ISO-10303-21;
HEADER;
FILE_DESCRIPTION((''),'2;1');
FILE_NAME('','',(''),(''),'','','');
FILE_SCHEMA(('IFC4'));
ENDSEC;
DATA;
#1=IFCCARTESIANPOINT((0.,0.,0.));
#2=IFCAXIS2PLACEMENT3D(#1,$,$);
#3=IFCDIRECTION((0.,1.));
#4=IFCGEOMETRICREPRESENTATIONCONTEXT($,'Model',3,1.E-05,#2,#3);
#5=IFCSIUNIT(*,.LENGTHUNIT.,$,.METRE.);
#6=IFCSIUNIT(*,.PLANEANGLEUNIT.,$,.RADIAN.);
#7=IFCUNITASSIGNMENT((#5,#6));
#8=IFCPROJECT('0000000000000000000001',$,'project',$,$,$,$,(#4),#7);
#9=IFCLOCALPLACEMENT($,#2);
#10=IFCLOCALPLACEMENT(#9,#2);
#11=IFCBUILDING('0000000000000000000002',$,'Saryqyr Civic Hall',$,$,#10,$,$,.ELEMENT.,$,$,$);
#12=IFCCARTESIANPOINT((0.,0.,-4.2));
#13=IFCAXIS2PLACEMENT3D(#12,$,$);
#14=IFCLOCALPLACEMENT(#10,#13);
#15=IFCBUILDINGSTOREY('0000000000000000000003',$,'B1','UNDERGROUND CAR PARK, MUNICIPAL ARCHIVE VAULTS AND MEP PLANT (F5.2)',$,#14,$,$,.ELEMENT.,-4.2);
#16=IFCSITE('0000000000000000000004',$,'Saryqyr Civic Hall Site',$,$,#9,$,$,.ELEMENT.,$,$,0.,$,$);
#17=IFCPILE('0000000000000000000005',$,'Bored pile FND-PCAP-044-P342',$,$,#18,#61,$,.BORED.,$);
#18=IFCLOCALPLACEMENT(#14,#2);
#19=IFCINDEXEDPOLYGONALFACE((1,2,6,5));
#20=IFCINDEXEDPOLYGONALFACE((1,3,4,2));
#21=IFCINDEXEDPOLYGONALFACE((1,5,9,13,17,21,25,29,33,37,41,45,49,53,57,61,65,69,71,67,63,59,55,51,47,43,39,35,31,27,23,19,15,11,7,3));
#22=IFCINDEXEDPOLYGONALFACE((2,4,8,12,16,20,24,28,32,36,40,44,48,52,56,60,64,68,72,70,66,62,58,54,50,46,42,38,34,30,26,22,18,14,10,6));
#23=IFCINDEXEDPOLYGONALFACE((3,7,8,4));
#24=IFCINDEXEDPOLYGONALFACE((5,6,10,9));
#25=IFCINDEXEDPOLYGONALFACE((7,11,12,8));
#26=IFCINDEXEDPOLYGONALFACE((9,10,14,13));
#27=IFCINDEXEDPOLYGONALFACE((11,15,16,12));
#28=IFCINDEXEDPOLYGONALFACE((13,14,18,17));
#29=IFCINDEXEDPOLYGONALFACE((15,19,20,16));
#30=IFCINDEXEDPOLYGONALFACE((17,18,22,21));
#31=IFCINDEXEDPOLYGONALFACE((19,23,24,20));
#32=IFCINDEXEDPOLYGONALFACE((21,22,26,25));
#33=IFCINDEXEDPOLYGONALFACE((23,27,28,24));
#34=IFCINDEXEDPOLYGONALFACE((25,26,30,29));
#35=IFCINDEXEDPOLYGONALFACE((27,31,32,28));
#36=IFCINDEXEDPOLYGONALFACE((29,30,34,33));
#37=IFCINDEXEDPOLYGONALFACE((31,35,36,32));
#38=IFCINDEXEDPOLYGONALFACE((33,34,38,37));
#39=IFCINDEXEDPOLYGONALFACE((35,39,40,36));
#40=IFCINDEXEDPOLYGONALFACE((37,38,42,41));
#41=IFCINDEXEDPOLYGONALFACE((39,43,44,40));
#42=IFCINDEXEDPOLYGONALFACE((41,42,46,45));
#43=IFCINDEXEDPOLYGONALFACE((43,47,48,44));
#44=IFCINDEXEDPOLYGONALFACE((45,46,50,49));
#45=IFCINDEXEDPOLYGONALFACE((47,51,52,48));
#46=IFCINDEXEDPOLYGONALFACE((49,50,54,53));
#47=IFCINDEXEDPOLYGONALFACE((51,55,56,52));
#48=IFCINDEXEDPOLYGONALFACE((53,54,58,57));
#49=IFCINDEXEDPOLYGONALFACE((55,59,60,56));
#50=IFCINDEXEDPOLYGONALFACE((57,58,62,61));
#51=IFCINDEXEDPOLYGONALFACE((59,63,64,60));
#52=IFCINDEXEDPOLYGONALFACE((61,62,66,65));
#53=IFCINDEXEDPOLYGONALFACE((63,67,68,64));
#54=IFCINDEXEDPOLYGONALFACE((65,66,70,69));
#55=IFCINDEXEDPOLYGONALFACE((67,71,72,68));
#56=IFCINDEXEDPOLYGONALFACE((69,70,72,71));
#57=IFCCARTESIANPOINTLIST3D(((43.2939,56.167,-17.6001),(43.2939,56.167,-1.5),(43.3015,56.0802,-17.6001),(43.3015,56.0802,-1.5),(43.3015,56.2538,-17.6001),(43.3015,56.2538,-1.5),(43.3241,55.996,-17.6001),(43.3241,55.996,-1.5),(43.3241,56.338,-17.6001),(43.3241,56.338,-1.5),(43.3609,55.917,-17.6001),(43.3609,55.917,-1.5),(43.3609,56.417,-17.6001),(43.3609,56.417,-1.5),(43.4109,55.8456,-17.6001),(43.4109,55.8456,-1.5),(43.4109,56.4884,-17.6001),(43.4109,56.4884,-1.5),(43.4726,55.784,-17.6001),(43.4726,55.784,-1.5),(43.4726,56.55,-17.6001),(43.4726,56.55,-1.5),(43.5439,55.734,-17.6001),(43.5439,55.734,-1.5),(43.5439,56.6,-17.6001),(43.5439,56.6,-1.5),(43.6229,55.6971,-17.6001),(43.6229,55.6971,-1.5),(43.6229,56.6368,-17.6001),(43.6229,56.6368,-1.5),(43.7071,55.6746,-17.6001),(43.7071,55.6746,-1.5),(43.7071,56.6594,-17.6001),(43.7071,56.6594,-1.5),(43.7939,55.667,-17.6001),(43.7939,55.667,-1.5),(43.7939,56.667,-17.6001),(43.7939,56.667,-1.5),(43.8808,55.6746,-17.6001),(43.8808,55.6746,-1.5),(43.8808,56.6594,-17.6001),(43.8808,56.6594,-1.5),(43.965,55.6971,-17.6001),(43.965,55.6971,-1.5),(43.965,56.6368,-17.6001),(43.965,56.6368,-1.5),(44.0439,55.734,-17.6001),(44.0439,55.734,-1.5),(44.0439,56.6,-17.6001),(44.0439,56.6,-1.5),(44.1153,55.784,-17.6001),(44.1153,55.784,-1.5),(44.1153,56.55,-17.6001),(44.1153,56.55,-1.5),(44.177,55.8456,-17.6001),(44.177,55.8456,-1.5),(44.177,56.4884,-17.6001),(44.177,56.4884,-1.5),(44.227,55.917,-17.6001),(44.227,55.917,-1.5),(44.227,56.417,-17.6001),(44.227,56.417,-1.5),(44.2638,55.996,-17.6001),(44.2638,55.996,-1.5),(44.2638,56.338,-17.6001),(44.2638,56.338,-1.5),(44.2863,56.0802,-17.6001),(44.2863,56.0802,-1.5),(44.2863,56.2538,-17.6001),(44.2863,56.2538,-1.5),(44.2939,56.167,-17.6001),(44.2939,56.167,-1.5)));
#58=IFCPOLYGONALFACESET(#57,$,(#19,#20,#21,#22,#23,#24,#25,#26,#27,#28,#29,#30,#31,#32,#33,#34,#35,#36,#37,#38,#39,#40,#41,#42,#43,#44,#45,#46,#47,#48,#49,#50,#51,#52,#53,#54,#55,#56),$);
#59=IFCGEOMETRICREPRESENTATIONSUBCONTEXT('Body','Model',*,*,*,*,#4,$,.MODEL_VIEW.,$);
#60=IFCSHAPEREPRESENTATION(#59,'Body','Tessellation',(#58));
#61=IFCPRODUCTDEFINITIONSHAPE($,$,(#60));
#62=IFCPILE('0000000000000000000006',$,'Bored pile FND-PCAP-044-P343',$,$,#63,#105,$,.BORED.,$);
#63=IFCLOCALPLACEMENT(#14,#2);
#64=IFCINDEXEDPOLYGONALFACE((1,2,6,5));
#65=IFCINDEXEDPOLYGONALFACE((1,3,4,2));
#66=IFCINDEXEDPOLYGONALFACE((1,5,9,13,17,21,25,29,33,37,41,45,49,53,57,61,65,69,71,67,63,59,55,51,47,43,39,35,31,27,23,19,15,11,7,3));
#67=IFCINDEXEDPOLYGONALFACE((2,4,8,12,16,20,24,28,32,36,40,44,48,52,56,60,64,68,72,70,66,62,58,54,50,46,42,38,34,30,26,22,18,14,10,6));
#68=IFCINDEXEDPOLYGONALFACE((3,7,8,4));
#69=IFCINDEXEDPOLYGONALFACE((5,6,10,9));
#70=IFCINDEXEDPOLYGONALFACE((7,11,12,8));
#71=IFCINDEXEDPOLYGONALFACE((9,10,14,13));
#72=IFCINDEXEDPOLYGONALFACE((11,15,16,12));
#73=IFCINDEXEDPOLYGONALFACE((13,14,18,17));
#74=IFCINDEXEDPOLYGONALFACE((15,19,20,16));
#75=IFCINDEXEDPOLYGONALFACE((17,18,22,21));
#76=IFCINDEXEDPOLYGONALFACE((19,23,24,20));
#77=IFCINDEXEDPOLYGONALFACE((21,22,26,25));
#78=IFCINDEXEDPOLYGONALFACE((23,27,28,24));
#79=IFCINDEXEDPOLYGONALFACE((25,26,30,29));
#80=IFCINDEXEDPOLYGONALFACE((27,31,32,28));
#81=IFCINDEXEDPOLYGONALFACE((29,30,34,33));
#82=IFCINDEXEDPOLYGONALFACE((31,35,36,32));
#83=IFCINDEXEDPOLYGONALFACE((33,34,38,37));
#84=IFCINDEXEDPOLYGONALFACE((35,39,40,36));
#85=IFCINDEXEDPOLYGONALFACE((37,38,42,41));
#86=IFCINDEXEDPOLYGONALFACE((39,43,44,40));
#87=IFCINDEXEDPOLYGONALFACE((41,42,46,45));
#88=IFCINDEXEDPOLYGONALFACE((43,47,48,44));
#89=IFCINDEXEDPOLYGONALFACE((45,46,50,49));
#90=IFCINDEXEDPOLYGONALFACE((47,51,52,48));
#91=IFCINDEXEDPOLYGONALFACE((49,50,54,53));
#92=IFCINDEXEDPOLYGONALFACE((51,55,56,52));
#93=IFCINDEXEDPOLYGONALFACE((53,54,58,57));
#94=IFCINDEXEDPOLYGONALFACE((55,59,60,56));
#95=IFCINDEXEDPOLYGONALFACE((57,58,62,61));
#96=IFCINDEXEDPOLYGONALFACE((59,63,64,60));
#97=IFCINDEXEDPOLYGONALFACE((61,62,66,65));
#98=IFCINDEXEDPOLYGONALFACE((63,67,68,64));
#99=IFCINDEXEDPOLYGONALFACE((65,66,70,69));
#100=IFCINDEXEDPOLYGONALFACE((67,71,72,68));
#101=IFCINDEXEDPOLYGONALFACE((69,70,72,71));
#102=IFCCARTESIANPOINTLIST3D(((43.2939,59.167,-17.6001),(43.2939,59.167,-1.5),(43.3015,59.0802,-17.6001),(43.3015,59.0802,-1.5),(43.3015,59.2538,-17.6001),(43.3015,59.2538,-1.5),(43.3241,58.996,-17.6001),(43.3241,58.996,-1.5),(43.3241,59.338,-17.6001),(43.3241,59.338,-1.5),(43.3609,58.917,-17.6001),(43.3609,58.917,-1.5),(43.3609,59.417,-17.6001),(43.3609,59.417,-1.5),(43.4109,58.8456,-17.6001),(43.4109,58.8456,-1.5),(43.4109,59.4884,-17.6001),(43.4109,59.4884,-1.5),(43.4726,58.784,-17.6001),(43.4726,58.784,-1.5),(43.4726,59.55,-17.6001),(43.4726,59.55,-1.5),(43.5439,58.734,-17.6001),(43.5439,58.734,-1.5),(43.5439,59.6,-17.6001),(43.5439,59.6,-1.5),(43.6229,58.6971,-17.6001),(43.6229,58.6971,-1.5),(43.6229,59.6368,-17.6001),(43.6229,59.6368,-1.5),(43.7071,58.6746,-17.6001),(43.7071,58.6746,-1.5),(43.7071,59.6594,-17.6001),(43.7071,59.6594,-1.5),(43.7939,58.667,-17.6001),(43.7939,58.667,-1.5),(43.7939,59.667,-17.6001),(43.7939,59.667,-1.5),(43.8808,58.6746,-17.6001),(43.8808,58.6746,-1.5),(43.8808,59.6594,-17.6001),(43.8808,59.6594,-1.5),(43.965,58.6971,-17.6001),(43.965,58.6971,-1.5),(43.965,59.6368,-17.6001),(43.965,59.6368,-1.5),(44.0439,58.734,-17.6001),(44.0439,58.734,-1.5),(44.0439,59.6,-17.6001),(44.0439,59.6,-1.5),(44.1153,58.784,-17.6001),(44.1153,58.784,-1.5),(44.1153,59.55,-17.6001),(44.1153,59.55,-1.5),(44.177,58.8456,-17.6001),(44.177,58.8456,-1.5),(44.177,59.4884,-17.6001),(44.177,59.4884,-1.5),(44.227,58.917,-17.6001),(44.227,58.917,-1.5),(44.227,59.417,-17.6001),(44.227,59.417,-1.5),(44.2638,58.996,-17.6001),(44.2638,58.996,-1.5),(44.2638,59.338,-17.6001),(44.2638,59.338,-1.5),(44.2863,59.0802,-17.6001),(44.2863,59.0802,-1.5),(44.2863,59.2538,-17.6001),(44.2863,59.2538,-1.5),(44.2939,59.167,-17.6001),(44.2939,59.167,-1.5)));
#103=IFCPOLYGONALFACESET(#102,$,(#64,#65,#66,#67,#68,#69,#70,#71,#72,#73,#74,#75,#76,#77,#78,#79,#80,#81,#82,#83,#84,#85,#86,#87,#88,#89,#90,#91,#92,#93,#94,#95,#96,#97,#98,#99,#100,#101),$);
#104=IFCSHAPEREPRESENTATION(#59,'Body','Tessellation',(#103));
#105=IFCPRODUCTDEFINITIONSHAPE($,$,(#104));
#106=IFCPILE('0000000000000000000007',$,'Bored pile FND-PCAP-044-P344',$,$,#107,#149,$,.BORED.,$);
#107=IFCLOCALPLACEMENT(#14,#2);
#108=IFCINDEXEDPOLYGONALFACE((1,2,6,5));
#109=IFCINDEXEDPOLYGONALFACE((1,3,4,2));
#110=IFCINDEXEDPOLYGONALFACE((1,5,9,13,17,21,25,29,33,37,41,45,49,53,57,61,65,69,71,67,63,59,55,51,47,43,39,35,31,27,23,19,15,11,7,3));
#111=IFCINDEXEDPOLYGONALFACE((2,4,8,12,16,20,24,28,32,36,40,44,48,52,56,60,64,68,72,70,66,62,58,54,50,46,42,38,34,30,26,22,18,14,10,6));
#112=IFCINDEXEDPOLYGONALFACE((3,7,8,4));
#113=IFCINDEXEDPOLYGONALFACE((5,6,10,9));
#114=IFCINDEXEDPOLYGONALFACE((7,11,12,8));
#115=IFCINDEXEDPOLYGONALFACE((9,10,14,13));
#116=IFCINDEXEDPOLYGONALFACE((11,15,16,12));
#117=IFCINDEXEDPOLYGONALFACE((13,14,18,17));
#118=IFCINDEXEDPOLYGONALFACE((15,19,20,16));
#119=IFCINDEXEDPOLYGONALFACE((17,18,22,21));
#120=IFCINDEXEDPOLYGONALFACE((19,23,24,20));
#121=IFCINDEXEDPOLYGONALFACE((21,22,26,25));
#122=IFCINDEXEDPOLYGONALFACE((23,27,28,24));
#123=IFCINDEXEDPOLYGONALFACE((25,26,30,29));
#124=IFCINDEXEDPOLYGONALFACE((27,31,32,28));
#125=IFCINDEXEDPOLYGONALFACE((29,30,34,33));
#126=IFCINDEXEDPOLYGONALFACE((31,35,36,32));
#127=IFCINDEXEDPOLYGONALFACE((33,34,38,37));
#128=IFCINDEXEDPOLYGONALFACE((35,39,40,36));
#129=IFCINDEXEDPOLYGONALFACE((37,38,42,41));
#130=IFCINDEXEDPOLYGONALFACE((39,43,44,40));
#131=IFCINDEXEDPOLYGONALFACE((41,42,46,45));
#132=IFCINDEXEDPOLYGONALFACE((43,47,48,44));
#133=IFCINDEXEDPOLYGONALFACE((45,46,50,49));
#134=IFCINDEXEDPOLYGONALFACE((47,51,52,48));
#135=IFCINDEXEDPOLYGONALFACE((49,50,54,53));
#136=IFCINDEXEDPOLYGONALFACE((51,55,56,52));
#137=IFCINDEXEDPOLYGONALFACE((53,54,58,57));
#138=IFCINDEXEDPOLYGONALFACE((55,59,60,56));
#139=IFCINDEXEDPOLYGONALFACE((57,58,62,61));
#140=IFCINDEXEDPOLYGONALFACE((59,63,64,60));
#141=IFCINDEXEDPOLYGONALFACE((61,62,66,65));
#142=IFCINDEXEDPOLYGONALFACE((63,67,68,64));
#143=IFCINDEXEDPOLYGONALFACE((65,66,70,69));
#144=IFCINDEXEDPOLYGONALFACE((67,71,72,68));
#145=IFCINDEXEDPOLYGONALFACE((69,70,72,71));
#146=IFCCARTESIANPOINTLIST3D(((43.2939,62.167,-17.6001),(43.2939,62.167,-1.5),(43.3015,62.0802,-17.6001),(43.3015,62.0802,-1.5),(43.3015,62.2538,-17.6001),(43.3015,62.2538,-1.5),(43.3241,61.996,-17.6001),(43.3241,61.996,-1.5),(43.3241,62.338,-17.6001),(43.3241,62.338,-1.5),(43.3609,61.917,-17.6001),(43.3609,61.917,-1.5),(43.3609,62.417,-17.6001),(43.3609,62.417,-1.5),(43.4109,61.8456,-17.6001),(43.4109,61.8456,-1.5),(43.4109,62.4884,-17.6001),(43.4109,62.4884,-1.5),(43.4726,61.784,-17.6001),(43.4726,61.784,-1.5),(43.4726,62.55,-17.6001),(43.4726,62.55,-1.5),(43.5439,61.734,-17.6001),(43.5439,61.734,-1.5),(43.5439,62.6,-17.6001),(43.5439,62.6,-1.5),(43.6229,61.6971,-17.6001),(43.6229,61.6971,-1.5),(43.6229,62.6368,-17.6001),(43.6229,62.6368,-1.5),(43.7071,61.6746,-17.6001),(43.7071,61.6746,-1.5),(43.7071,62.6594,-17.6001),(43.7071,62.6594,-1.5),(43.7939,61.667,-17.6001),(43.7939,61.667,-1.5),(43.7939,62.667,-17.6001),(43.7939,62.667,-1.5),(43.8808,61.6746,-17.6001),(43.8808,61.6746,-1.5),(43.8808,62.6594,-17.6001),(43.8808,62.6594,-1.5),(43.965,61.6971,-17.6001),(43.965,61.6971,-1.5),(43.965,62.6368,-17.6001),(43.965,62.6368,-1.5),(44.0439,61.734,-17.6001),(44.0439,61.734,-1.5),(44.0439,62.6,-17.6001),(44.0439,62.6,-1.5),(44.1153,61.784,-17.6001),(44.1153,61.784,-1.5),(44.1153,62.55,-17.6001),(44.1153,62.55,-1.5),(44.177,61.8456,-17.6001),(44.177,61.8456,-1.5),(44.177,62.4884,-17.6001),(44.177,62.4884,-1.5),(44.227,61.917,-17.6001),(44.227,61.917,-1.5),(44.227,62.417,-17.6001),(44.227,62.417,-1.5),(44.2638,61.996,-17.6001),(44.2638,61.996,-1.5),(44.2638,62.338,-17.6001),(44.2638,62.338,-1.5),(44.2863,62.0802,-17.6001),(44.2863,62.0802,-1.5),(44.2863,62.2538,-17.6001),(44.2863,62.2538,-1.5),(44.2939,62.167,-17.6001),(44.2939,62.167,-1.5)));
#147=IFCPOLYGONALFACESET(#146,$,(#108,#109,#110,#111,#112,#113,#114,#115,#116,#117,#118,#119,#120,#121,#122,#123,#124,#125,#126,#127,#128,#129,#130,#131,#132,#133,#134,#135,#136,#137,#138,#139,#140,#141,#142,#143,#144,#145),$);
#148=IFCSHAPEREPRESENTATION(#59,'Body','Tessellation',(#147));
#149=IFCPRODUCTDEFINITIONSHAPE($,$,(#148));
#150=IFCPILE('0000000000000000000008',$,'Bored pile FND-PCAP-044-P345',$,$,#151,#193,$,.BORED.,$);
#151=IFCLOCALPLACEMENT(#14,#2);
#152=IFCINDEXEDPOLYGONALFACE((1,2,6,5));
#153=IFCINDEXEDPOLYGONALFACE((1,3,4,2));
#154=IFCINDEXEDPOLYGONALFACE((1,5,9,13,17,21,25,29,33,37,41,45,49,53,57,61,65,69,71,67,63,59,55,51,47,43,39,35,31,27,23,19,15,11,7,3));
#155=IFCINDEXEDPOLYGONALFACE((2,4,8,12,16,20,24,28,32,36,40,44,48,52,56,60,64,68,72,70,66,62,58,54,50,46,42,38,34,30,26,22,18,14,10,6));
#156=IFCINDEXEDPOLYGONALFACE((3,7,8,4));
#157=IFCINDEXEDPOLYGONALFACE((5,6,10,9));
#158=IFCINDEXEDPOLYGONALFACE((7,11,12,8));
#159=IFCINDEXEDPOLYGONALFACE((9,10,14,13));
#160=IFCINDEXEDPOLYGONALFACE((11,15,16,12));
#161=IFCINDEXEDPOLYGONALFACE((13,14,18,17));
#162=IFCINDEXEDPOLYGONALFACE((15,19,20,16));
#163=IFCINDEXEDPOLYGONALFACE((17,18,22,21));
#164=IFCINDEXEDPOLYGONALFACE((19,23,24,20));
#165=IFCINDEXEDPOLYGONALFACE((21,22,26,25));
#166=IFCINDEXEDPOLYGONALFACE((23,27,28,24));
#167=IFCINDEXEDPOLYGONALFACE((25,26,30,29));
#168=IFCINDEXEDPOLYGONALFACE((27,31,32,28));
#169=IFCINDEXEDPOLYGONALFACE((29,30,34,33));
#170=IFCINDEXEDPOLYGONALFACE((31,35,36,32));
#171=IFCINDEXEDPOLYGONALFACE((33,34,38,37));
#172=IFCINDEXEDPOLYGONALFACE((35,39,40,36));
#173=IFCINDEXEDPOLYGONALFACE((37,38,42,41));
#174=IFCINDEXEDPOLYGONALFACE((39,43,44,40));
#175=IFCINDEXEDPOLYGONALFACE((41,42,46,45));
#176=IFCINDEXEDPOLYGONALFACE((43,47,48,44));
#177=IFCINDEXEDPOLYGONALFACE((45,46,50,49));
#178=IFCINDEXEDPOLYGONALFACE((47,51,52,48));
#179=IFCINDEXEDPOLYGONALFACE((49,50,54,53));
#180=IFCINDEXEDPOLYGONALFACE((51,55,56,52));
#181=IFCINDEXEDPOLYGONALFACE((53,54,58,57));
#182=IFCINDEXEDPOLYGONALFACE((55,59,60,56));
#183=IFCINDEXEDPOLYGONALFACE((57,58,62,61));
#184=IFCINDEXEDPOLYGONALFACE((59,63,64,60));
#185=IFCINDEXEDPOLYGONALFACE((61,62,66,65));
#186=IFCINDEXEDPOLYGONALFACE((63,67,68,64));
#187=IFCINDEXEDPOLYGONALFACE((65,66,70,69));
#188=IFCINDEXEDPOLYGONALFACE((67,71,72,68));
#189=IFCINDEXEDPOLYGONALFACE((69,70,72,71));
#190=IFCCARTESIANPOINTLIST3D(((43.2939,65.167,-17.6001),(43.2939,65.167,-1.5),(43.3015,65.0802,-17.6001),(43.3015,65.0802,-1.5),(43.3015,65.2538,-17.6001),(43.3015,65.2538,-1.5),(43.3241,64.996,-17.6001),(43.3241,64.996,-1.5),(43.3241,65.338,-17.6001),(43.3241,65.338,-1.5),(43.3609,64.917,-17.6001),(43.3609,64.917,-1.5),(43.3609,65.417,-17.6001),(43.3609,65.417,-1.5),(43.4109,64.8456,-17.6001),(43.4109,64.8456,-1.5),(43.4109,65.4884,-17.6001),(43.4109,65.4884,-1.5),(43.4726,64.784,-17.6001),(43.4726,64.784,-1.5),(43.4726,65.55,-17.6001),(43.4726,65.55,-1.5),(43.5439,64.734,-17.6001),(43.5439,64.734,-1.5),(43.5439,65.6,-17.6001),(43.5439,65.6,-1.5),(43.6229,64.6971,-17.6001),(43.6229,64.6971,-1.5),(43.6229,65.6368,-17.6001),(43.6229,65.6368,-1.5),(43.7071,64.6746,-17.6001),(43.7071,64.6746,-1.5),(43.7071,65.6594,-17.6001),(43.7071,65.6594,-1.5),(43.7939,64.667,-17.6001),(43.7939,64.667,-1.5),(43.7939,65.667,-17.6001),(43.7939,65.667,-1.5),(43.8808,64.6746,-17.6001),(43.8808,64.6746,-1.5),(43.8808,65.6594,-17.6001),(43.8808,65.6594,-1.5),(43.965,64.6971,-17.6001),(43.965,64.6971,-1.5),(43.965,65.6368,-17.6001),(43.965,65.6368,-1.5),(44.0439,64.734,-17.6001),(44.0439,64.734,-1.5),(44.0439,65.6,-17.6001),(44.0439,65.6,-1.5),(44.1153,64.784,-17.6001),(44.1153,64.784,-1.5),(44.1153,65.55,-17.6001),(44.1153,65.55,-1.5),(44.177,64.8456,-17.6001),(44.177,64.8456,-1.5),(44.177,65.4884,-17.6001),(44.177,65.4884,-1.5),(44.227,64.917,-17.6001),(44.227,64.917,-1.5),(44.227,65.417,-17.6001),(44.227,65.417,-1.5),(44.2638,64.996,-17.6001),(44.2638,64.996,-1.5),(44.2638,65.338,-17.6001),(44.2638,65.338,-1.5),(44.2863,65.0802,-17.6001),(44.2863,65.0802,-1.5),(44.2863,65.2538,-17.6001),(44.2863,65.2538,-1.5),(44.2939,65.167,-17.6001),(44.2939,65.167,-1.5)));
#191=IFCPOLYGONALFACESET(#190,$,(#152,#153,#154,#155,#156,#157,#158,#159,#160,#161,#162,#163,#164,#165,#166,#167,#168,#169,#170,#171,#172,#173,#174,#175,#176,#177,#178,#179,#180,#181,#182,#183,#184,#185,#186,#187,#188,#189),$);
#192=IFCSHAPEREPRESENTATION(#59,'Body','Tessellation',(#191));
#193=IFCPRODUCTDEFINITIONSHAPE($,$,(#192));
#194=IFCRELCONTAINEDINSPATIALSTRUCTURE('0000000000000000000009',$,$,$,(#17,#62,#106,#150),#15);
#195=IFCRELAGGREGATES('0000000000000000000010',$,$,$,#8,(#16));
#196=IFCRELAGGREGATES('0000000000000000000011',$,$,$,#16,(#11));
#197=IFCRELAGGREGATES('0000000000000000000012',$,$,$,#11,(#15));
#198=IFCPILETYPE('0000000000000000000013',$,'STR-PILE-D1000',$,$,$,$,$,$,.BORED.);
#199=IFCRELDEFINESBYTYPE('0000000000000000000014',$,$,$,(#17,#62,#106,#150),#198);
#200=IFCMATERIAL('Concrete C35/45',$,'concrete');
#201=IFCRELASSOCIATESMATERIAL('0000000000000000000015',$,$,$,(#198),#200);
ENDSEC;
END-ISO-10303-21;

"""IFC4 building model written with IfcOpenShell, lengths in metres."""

from ifc_helpers import new_model, si_unit, direction, frame, origin, origin_2d, place, context, subcontext, project, spatial, circle, extrude, material, material_profile, profile_set, type_object, element, save


model = new_model("IFC4")

# Units and contexts
model_context = context("Model", 3, precision=1e-05, world=origin(), true_north=direction((0.0, 1.0)))
body_context = subcontext(model_context, "Body", "Model", "MODEL_VIEW")
ifc_project = project(units=[si_unit("LENGTHUNIT", "METRE"), si_unit("PLANEANGLEUNIT", "RADIAN")], contexts=[model_context])

# Site, building, storey
site_placement = place(None, origin())
site = spatial("IfcSite", under=ifc_project, at=site_placement, Name="Saryqyr Civic Hall Site", CompositionType="ELEMENT", RefElevation=0.0)
building_placement = place(site_placement, origin())
building = spatial("IfcBuilding", under=site, at=building_placement, Name="Saryqyr Civic Hall", CompositionType="ELEMENT")
storey_placement = place(building_placement, frame((0.0, 0.0, -4.2)))
storey = spatial("IfcBuildingStorey", under=building, at=storey_placement, Name="B1", Description="UNDERGROUND CAR PARK, MUNICIPAL ARCHIVE VAULTS AND MEP PLANT (F5.2)", CompositionType="ELEMENT", Elevation=-4.2)

# Piles
ifc_material_1 = material(Name="Concrete C35/45", Category="concrete")
ifc_material_profile_1 = material_profile(ifc_material_1, circle(Radius=0.5, at=origin_2d()), Name="BORED PILE D1000")
ifc_profile_set_1 = profile_set([ifc_material_profile_1], Name="Concrete C35/45")
pile_type = type_object("IfcPileType", Name="STR-PILE-D1000", PredefinedType="BORED", material=ifc_profile_set_1)
for number, where, z_axis, x_axis, name in (
    (1, (43.7939, 56.167, -1.5), (0.0, 0.0, -1.0), (1.0, 0.0, 0.0), "Bored pile FND-PCAP-044-P342"),
    (2, (43.7939, 59.167, -1.5), (0.0, 0.0, -1.0), (1.0, 0.0, 0.0), "Bored pile FND-PCAP-044-P343"),
    (3, (43.7939, 62.167, -1.5), (0.0, 0.0, -1.0), (1.0, 0.0, 0.0), "Bored pile FND-PCAP-044-P344"),
    (4, (43.7939, 65.167, -1.5), (0.0, 0.0, -1.0), (1.0, 0.0, 0.0), "Bored pile FND-PCAP-044-P345"),
):
    element("IfcPile", number, at=place(storey_placement, frame(where, z_axis=z_axis, x_axis=x_axis)), inside=storey, type_object=pile_type, Name=name, PredefinedType="BORED", context=body_context, shape_type="SweptSolid", body=[
        extrude(circle(Radius=0.5, at=origin_2d()), origin(), (0.0, 0.0, 1.0), 16.1001),
    ])

save(model, "model.ifc")
